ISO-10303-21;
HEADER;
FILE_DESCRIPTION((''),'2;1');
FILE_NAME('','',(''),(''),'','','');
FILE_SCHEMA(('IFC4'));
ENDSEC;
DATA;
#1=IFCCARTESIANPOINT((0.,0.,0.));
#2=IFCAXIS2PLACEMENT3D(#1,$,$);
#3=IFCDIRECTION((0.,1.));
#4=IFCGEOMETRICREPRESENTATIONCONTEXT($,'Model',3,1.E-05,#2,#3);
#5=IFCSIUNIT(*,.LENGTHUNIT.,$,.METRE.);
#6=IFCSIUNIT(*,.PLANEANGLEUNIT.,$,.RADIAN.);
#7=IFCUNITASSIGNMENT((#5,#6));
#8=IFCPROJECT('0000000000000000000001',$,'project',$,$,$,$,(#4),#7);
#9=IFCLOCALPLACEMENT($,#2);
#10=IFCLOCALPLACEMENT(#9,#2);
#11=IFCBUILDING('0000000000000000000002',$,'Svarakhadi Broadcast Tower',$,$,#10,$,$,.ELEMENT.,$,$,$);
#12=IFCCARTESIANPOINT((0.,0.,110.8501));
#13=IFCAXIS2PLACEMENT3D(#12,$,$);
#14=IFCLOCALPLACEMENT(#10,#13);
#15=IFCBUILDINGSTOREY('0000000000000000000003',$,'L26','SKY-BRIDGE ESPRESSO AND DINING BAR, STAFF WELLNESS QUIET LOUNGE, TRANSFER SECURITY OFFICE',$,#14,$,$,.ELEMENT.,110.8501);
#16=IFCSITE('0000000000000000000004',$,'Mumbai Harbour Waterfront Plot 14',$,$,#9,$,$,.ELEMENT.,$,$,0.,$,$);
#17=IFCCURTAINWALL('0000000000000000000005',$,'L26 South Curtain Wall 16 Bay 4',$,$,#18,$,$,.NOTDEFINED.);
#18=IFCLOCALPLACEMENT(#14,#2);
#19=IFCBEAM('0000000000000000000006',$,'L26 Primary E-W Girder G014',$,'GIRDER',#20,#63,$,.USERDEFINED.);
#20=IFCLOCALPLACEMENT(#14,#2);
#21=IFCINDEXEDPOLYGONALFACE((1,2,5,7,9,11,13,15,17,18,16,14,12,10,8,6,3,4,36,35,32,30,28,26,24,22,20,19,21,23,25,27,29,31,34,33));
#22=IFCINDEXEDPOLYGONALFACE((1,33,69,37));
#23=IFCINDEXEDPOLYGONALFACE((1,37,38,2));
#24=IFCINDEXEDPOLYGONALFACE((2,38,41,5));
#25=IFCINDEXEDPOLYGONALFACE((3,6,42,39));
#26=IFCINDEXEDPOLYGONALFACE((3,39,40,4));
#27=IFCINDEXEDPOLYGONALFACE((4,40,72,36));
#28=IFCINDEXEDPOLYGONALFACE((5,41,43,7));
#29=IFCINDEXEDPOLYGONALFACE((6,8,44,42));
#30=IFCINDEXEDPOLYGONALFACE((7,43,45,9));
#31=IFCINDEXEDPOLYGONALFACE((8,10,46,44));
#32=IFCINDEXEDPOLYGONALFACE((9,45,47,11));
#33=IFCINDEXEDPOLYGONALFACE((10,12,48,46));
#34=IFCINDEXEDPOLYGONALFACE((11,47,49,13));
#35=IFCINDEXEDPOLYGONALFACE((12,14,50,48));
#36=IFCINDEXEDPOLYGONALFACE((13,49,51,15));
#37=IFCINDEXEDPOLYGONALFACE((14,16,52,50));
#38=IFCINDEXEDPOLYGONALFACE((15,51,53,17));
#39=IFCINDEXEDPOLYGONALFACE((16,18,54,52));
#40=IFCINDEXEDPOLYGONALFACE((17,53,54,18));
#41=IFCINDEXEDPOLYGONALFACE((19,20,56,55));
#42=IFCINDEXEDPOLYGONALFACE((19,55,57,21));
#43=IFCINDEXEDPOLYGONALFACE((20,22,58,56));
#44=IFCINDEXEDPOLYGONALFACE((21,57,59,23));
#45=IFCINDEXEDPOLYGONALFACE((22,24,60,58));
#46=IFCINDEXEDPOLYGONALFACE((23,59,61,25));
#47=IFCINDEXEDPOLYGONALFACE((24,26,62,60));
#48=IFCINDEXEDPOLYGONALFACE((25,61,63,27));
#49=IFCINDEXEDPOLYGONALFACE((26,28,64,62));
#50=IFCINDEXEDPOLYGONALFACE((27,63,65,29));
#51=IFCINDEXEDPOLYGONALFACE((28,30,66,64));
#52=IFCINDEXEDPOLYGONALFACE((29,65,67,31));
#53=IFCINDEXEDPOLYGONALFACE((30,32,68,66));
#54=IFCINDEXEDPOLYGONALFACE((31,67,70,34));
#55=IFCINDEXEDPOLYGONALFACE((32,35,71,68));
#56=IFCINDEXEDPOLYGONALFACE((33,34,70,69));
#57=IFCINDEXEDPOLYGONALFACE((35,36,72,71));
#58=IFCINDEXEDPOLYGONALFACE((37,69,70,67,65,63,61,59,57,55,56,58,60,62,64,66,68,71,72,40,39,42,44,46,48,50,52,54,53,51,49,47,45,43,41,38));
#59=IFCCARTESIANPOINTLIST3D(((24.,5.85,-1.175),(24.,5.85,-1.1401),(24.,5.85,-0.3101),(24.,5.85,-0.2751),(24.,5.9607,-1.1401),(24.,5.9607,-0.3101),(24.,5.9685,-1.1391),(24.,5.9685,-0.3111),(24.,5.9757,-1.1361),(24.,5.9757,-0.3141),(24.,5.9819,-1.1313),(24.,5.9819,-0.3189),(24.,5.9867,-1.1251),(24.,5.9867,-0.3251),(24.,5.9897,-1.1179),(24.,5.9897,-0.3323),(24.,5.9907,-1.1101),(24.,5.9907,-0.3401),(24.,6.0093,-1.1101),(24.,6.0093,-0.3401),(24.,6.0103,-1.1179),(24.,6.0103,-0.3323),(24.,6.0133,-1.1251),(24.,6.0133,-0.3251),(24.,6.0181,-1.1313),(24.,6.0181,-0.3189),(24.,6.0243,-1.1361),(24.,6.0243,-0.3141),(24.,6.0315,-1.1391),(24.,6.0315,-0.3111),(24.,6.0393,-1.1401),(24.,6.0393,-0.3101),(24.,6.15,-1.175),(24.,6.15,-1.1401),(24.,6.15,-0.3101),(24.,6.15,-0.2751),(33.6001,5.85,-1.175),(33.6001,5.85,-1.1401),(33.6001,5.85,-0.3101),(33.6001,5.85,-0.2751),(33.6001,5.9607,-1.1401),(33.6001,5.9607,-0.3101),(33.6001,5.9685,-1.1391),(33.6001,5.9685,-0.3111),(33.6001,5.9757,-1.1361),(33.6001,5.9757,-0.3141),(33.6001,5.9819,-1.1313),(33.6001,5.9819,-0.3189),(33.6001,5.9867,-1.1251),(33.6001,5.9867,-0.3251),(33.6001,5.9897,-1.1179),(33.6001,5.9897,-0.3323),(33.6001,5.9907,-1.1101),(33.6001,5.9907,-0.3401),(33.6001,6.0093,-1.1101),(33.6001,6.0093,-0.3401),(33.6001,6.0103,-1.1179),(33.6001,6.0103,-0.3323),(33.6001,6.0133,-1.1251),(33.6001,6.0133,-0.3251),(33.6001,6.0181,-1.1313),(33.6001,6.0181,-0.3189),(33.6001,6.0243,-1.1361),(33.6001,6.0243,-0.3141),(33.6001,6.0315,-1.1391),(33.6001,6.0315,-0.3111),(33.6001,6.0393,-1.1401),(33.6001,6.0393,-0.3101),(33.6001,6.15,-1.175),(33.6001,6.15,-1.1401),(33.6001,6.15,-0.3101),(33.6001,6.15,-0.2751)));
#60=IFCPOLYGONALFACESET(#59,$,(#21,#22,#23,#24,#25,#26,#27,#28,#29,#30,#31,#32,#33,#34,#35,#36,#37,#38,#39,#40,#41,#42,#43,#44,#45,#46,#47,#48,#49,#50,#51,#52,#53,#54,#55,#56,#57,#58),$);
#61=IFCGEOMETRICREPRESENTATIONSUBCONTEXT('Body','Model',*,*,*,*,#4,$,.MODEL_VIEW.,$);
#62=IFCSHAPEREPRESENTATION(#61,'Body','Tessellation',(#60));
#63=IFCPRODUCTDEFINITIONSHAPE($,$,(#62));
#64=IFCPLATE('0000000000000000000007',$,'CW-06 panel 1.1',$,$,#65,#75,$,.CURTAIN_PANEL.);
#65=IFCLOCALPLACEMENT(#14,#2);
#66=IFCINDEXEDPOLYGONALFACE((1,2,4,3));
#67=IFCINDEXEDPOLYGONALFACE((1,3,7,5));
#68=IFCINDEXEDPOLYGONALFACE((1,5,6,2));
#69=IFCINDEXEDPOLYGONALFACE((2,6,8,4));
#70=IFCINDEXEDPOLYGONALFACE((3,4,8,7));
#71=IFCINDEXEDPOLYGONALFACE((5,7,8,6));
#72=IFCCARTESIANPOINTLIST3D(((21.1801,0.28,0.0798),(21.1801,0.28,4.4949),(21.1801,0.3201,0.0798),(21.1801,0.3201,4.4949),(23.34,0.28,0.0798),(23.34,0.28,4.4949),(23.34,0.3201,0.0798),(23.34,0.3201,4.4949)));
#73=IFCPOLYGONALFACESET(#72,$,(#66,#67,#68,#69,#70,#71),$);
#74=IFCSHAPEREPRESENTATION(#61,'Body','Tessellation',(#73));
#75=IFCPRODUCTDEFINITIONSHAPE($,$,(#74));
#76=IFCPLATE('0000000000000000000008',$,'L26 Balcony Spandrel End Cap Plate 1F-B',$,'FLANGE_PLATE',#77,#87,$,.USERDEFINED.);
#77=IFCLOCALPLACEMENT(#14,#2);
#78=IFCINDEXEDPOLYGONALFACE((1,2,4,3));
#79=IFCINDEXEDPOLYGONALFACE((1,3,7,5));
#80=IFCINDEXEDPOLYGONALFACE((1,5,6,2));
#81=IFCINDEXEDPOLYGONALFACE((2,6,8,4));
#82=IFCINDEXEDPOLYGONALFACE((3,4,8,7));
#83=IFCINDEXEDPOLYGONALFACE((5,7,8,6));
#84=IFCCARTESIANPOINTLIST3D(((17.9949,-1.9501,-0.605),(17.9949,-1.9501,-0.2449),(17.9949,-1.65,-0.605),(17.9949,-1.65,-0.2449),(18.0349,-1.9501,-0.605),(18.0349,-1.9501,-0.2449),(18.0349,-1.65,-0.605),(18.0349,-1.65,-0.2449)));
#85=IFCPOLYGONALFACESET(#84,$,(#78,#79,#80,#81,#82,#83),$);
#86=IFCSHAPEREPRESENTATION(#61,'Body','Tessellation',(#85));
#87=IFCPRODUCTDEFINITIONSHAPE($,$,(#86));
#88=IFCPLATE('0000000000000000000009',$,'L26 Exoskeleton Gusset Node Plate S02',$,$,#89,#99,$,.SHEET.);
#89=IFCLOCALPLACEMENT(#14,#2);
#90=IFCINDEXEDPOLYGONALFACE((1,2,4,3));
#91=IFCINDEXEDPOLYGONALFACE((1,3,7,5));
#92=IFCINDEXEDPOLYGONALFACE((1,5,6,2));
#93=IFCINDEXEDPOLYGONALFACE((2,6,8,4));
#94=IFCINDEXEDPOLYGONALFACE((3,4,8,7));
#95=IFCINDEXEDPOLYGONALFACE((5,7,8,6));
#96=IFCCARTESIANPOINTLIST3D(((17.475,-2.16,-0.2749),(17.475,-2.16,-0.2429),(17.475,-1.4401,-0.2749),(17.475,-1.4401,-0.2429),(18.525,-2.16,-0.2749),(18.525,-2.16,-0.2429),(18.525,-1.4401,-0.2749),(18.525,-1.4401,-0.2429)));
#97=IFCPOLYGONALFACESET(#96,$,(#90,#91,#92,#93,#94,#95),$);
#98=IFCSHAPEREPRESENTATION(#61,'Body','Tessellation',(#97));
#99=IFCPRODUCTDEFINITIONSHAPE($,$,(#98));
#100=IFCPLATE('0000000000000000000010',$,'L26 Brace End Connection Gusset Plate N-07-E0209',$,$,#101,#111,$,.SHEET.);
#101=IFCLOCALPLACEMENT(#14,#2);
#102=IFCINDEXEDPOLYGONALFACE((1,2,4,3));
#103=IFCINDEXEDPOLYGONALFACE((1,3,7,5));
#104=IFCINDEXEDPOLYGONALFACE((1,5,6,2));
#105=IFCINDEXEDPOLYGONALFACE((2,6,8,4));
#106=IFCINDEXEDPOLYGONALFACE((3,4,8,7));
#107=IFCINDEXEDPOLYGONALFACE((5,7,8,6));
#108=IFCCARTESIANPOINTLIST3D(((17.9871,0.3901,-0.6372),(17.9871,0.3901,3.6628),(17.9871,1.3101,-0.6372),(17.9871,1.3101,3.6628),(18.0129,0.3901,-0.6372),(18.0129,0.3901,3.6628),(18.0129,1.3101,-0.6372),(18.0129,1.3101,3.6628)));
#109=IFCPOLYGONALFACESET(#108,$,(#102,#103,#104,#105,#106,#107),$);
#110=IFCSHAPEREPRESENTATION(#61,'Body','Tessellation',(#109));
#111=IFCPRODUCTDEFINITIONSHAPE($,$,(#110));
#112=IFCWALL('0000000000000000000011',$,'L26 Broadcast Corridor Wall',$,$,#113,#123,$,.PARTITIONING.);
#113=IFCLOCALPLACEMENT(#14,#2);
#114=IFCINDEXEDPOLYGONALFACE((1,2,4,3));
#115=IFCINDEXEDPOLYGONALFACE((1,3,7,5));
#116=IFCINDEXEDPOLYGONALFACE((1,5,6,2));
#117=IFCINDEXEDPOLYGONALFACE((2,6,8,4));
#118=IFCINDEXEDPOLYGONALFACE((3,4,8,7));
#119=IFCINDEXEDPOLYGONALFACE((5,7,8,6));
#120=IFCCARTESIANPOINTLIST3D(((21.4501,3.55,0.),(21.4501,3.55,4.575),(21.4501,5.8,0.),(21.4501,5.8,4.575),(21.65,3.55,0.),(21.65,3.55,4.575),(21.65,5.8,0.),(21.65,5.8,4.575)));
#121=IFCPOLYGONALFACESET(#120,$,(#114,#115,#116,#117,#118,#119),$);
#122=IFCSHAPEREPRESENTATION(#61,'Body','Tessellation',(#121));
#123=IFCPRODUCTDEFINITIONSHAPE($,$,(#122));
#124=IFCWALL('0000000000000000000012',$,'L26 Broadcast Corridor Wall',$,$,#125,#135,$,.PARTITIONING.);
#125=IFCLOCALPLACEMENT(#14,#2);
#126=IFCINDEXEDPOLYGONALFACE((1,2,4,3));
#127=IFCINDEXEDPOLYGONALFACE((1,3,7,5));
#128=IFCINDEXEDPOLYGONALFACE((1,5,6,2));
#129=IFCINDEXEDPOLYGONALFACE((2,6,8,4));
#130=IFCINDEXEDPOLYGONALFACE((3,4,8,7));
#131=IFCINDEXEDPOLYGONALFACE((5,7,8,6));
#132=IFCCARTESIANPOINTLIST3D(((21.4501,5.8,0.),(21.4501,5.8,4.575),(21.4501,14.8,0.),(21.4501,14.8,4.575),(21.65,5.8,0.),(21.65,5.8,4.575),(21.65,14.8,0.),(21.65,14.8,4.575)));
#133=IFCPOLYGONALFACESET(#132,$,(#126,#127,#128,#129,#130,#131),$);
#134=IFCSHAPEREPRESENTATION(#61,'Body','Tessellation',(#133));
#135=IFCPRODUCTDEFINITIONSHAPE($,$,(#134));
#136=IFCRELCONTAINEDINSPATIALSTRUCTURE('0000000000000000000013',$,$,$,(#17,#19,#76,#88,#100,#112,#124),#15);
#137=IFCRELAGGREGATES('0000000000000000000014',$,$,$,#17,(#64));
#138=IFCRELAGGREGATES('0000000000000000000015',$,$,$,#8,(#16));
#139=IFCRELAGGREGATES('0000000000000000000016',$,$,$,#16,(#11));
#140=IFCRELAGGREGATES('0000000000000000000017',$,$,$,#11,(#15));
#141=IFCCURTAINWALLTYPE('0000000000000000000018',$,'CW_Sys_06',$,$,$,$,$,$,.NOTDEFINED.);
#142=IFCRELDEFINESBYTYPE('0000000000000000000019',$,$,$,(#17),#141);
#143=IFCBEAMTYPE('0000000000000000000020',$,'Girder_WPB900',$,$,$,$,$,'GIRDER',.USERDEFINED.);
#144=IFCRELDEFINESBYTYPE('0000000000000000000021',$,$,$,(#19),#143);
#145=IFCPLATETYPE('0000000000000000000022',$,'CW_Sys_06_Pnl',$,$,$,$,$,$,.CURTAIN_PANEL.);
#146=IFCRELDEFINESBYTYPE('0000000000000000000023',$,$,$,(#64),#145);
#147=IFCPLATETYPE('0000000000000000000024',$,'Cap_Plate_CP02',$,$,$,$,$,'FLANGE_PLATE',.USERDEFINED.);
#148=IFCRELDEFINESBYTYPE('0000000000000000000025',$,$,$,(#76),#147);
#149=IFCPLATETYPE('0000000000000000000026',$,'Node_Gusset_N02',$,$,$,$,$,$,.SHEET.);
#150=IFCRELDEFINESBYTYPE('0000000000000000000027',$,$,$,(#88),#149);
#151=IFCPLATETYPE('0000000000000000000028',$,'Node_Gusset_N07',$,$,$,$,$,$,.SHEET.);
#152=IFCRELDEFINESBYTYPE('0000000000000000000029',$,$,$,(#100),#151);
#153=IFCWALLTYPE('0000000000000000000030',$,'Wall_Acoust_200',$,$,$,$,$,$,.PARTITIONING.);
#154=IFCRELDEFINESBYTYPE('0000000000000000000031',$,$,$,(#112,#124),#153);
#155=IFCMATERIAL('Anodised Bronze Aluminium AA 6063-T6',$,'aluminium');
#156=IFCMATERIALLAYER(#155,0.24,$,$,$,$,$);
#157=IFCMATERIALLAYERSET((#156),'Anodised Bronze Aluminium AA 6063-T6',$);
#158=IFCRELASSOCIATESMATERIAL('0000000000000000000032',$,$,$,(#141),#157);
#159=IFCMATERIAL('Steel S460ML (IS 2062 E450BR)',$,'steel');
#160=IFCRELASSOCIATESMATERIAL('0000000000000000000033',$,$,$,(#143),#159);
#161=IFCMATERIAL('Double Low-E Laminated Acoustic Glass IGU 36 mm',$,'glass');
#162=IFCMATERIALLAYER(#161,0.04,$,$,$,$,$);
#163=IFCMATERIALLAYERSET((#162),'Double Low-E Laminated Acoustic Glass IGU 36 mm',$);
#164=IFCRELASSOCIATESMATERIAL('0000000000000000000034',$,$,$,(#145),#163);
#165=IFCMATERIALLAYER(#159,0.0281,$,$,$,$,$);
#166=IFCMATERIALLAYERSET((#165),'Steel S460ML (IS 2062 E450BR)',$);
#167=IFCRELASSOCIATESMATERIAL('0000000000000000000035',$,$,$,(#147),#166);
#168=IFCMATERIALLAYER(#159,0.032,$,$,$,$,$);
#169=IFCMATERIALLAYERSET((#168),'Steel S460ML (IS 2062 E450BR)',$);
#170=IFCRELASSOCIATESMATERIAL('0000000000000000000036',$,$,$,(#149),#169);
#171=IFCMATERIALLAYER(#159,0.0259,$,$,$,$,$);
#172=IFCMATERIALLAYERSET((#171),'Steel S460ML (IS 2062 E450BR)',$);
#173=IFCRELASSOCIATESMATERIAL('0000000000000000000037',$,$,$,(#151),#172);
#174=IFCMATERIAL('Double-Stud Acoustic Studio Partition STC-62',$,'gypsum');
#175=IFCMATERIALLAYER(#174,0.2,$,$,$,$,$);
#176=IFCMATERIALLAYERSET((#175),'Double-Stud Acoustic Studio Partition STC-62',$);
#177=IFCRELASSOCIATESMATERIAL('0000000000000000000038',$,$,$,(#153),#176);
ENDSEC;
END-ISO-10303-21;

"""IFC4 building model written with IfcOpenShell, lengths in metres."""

from ifc_helpers import new_model, si_unit, direction, frame, frame_2d, origin, origin_2d, place, context, subcontext, project, spatial, rectangle, i_section, extrude, material, layer, layer_set, material_profile, profile_set, type_object, element, aggregate, save


model = new_model("IFC4")

# Units and contexts
model_context = context("Model", 3, precision=1e-05, world=origin(), true_north=direction((0.0, 1.0)))
body_context = subcontext(model_context, "Body", "Model", "MODEL_VIEW")
ifc_project = project(units=[si_unit("LENGTHUNIT", "METRE"), si_unit("PLANEANGLEUNIT", "RADIAN")], contexts=[model_context])

# Site, building, storey
site_placement = place(None, origin())
site = spatial("IfcSite", under=ifc_project, at=site_placement, Name="Mumbai Harbour Waterfront Plot 14", CompositionType="ELEMENT", RefElevation=0.0)
building_placement = place(site_placement, origin())
building = spatial("IfcBuilding", under=site, at=building_placement, Name="Svarakhadi Broadcast Tower", CompositionType="ELEMENT")
storey_placement = place(building_placement, frame((0.0, 0.0, 110.8501)))
storey = spatial("IfcBuildingStorey", under=building, at=storey_placement, Name="L26", Description="SKY-BRIDGE ESPRESSO AND DINING BAR, STAFF WELLNESS QUIET LOUNGE, TRANSFER SECURITY OFFICE", CompositionType="ELEMENT", Elevation=110.8501)

# Curtain wall
ifc_material_1 = material(Name="Anodised Bronze Aluminium AA 6063-T6", Category="aluminium")
ifc_layer_1 = layer(ifc_material_1, 0.24)
ifc_layer_set_1 = layer_set([ifc_layer_1], Name="Anodised Bronze Aluminium AA 6063-T6")
curtain_wall_type = type_object("IfcCurtainWallType", Name="CW_Sys_06", PredefinedType="NOTDEFINED", material=ifc_layer_set_1)
curtain_wall_placement = place(storey_placement, origin())
curtain_wall = element("IfcCurtainWall", 1, at=curtain_wall_placement, inside=storey, type_object=curtain_wall_type, Name="L26 South Curtain Wall 16 Bay 4", PredefinedType="NOTDEFINED")

# Shared definitions
ifc_material_2 = material(Name="Steel S460ML (IS 2062 E450BR)", Category="steel")

# Beam
ifc_material_profile_1 = material_profile(ifc_material_2, i_section(OverallWidth=0.3, OverallDepth=0.8999, WebThickness=0.0186, FlangeThickness=0.0349, FilletRadius=0.03, at=origin_2d()), Name="WPB 900x300x291")
ifc_profile_set_1 = profile_set([ifc_material_profile_1], Name="Steel S460ML (IS 2062 E450BR)")
beam_type_1 = type_object("IfcBeamType", Name="Girder_WPB900", ElementType="GIRDER", PredefinedType="USERDEFINED", material=ifc_profile_set_1)
beam_1_placement = place(storey_placement, frame((24.0, 6.0, -0.7251), z_axis=(1.0, 0.0, 0.0), x_axis=(0.0, 1.0, 0.0)))
element("IfcBeam", 2, at=beam_1_placement, inside=storey, type_object=beam_type_1, Name="L26 Primary E-W Girder G014", ObjectType="GIRDER", PredefinedType="USERDEFINED", context=body_context, shape_type="SweptSolid", body=[
    extrude(i_section(OverallWidth=0.3, OverallDepth=0.8999, WebThickness=0.0186, FlangeThickness=0.0349, FilletRadius=0.03, at=origin_2d()), origin(), (0.0, 0.0, 1.0), 9.6001),
])

# Plate
ifc_material_3 = material(Name="Double Low-E Laminated Acoustic Glass IGU 36 mm", Category="glass")
ifc_layer_2 = layer(ifc_material_3, 0.04)
ifc_layer_set_2 = layer_set([ifc_layer_2], Name="Double Low-E Laminated Acoustic Glass IGU 36 mm")
plate_type_1 = type_object("IfcPlateType", Name="CW_Sys_06_Pnl", PredefinedType="CURTAIN_PANEL", material=ifc_layer_set_2)
plate_1_placement = place(storey_placement, frame((22.26, 0.3, 0.0798), z_axis=(0.0, 0.0, 1.0), x_axis=(-1.0, 0.0, 0.0)))
plate_1 = element("IfcPlate", 3, at=plate_1_placement, type_object=plate_type_1, Name="CW-06 panel 1.1", PredefinedType="CURTAIN_PANEL", context=body_context, shape_type="SweptSolid", body=[
    extrude(rectangle(XDim=2.1599, YDim=0.04, at=origin_2d()), origin(), (0.0, 0.0, 1.0), 4.415),
])
aggregate(curtain_wall, [plate_1])

# Plates
ifc_layer_3 = layer(ifc_material_2, 0.0281)
ifc_layer_set_3 = layer_set([ifc_layer_3], Name="Steel S460ML (IS 2062 E450BR)")
plate_type_2 = type_object("IfcPlateType", Name="Cap_Plate_CP02", ElementType="FLANGE_PLATE", PredefinedType="USERDEFINED", material=ifc_layer_set_3)
plate_2_placement = place(storey_placement, frame((18.0149, -1.8, -0.605), z_axis=(0.0, 0.0, 1.0), x_axis=(1.0, 0.0, 0.0)))
element("IfcPlate", 4, at=plate_2_placement, inside=storey, type_object=plate_type_2, Name="L26 Balcony Spandrel End Cap Plate 1F-B", ObjectType="FLANGE_PLATE", PredefinedType="USERDEFINED", context=body_context, shape_type="SweptSolid", body=[
    extrude(rectangle(XDim=0.04, YDim=0.3, at=origin_2d()), origin(), (0.0, 0.0, 1.0), 0.3601),
])
ifc_layer_4 = layer(ifc_material_2, 0.032)
ifc_layer_set_4 = layer_set([ifc_layer_4], Name="Steel S460ML (IS 2062 E450BR)")
plate_type_3 = type_object("IfcPlateType", Name="Node_Gusset_N02", PredefinedType="SHEET", material=ifc_layer_set_4)
plate_3_placement = place(storey_placement, frame((18.0, -1.8, -0.2749), z_axis=(0.0, 0.0, 1.0), x_axis=(1.0, 0.0, 0.0)))
element("IfcPlate", 5, at=plate_3_placement, inside=storey, type_object=plate_type_3, Name="L26 Exoskeleton Gusset Node Plate S02", PredefinedType="SHEET", context=body_context, shape_type="SweptSolid", body=[
    extrude(rectangle(XDim=1.05, YDim=0.72, at=origin_2d()), origin(), (0.0, 0.0, 1.0), 0.032),
])
ifc_layer_5 = layer(ifc_material_2, 0.0259)
ifc_layer_set_5 = layer_set([ifc_layer_5], Name="Steel S460ML (IS 2062 E450BR)")
plate_type_4 = type_object("IfcPlateType", Name="Node_Gusset_N07", PredefinedType="SHEET", material=ifc_layer_set_5)
plate_4_placement = place(storey_placement, frame((18.0, 0.8501, -0.6372), z_axis=(0.0, 0.0, 1.0), x_axis=(0.0, 1.0, 0.0)))
element("IfcPlate", 6, at=plate_4_placement, inside=storey, type_object=plate_type_4, Name="L26 Brace End Connection Gusset Plate N-07-E0209", PredefinedType="SHEET", context=body_context, shape_type="SweptSolid", body=[
    extrude(rectangle(XDim=0.9199, YDim=0.0259, at=origin_2d()), origin(), (0.0, 0.0, 1.0), 4.3),
])

# Walls
ifc_material_4 = material(Name="Double-Stud Acoustic Studio Partition STC-62", Category="gypsum")
ifc_layer_6 = layer(ifc_material_4, 0.2)
ifc_layer_set_6 = layer_set([ifc_layer_6], Name="Double-Stud Acoustic Studio Partition STC-62")
wall_type_1 = type_object("IfcWallType", Name="Wall_Acoust_200", PredefinedType="PARTITIONING", material=ifc_layer_set_6)
wall_1_placement = place(storey_placement, frame((21.55, 3.55, 0.0), z_axis=(0.0, 0.0, 1.0), x_axis=(0.0, 1.0, 0.0)))
element("IfcWall", 7, at=wall_1_placement, inside=storey, type_object=wall_type_1, Name="L26 Broadcast Corridor Wall", PredefinedType="PARTITIONING", context=body_context, shape_type="SweptSolid", body=[
    extrude(rectangle(XDim=2.25, YDim=0.2, at=frame_2d((1.125, 0.0))), origin(), (0.0, 0.0, 1.0), 4.575),
])
wall_2_placement = place(storey_placement, frame((21.55, 5.8, 0.0), z_axis=(0.0, 0.0, 1.0), x_axis=(0.0, 1.0, 0.0)))
element("IfcWall", 8, at=wall_2_placement, inside=storey, type_object=wall_type_1, Name="L26 Broadcast Corridor Wall", PredefinedType="PARTITIONING", context=body_context, shape_type="SweptSolid", body=[
    extrude(rectangle(XDim=9.0, YDim=0.2, at=frame_2d((4.5, 0.0))), origin(), (0.0, 0.0, 1.0), 4.575),
])

save(model, "model.ifc")
